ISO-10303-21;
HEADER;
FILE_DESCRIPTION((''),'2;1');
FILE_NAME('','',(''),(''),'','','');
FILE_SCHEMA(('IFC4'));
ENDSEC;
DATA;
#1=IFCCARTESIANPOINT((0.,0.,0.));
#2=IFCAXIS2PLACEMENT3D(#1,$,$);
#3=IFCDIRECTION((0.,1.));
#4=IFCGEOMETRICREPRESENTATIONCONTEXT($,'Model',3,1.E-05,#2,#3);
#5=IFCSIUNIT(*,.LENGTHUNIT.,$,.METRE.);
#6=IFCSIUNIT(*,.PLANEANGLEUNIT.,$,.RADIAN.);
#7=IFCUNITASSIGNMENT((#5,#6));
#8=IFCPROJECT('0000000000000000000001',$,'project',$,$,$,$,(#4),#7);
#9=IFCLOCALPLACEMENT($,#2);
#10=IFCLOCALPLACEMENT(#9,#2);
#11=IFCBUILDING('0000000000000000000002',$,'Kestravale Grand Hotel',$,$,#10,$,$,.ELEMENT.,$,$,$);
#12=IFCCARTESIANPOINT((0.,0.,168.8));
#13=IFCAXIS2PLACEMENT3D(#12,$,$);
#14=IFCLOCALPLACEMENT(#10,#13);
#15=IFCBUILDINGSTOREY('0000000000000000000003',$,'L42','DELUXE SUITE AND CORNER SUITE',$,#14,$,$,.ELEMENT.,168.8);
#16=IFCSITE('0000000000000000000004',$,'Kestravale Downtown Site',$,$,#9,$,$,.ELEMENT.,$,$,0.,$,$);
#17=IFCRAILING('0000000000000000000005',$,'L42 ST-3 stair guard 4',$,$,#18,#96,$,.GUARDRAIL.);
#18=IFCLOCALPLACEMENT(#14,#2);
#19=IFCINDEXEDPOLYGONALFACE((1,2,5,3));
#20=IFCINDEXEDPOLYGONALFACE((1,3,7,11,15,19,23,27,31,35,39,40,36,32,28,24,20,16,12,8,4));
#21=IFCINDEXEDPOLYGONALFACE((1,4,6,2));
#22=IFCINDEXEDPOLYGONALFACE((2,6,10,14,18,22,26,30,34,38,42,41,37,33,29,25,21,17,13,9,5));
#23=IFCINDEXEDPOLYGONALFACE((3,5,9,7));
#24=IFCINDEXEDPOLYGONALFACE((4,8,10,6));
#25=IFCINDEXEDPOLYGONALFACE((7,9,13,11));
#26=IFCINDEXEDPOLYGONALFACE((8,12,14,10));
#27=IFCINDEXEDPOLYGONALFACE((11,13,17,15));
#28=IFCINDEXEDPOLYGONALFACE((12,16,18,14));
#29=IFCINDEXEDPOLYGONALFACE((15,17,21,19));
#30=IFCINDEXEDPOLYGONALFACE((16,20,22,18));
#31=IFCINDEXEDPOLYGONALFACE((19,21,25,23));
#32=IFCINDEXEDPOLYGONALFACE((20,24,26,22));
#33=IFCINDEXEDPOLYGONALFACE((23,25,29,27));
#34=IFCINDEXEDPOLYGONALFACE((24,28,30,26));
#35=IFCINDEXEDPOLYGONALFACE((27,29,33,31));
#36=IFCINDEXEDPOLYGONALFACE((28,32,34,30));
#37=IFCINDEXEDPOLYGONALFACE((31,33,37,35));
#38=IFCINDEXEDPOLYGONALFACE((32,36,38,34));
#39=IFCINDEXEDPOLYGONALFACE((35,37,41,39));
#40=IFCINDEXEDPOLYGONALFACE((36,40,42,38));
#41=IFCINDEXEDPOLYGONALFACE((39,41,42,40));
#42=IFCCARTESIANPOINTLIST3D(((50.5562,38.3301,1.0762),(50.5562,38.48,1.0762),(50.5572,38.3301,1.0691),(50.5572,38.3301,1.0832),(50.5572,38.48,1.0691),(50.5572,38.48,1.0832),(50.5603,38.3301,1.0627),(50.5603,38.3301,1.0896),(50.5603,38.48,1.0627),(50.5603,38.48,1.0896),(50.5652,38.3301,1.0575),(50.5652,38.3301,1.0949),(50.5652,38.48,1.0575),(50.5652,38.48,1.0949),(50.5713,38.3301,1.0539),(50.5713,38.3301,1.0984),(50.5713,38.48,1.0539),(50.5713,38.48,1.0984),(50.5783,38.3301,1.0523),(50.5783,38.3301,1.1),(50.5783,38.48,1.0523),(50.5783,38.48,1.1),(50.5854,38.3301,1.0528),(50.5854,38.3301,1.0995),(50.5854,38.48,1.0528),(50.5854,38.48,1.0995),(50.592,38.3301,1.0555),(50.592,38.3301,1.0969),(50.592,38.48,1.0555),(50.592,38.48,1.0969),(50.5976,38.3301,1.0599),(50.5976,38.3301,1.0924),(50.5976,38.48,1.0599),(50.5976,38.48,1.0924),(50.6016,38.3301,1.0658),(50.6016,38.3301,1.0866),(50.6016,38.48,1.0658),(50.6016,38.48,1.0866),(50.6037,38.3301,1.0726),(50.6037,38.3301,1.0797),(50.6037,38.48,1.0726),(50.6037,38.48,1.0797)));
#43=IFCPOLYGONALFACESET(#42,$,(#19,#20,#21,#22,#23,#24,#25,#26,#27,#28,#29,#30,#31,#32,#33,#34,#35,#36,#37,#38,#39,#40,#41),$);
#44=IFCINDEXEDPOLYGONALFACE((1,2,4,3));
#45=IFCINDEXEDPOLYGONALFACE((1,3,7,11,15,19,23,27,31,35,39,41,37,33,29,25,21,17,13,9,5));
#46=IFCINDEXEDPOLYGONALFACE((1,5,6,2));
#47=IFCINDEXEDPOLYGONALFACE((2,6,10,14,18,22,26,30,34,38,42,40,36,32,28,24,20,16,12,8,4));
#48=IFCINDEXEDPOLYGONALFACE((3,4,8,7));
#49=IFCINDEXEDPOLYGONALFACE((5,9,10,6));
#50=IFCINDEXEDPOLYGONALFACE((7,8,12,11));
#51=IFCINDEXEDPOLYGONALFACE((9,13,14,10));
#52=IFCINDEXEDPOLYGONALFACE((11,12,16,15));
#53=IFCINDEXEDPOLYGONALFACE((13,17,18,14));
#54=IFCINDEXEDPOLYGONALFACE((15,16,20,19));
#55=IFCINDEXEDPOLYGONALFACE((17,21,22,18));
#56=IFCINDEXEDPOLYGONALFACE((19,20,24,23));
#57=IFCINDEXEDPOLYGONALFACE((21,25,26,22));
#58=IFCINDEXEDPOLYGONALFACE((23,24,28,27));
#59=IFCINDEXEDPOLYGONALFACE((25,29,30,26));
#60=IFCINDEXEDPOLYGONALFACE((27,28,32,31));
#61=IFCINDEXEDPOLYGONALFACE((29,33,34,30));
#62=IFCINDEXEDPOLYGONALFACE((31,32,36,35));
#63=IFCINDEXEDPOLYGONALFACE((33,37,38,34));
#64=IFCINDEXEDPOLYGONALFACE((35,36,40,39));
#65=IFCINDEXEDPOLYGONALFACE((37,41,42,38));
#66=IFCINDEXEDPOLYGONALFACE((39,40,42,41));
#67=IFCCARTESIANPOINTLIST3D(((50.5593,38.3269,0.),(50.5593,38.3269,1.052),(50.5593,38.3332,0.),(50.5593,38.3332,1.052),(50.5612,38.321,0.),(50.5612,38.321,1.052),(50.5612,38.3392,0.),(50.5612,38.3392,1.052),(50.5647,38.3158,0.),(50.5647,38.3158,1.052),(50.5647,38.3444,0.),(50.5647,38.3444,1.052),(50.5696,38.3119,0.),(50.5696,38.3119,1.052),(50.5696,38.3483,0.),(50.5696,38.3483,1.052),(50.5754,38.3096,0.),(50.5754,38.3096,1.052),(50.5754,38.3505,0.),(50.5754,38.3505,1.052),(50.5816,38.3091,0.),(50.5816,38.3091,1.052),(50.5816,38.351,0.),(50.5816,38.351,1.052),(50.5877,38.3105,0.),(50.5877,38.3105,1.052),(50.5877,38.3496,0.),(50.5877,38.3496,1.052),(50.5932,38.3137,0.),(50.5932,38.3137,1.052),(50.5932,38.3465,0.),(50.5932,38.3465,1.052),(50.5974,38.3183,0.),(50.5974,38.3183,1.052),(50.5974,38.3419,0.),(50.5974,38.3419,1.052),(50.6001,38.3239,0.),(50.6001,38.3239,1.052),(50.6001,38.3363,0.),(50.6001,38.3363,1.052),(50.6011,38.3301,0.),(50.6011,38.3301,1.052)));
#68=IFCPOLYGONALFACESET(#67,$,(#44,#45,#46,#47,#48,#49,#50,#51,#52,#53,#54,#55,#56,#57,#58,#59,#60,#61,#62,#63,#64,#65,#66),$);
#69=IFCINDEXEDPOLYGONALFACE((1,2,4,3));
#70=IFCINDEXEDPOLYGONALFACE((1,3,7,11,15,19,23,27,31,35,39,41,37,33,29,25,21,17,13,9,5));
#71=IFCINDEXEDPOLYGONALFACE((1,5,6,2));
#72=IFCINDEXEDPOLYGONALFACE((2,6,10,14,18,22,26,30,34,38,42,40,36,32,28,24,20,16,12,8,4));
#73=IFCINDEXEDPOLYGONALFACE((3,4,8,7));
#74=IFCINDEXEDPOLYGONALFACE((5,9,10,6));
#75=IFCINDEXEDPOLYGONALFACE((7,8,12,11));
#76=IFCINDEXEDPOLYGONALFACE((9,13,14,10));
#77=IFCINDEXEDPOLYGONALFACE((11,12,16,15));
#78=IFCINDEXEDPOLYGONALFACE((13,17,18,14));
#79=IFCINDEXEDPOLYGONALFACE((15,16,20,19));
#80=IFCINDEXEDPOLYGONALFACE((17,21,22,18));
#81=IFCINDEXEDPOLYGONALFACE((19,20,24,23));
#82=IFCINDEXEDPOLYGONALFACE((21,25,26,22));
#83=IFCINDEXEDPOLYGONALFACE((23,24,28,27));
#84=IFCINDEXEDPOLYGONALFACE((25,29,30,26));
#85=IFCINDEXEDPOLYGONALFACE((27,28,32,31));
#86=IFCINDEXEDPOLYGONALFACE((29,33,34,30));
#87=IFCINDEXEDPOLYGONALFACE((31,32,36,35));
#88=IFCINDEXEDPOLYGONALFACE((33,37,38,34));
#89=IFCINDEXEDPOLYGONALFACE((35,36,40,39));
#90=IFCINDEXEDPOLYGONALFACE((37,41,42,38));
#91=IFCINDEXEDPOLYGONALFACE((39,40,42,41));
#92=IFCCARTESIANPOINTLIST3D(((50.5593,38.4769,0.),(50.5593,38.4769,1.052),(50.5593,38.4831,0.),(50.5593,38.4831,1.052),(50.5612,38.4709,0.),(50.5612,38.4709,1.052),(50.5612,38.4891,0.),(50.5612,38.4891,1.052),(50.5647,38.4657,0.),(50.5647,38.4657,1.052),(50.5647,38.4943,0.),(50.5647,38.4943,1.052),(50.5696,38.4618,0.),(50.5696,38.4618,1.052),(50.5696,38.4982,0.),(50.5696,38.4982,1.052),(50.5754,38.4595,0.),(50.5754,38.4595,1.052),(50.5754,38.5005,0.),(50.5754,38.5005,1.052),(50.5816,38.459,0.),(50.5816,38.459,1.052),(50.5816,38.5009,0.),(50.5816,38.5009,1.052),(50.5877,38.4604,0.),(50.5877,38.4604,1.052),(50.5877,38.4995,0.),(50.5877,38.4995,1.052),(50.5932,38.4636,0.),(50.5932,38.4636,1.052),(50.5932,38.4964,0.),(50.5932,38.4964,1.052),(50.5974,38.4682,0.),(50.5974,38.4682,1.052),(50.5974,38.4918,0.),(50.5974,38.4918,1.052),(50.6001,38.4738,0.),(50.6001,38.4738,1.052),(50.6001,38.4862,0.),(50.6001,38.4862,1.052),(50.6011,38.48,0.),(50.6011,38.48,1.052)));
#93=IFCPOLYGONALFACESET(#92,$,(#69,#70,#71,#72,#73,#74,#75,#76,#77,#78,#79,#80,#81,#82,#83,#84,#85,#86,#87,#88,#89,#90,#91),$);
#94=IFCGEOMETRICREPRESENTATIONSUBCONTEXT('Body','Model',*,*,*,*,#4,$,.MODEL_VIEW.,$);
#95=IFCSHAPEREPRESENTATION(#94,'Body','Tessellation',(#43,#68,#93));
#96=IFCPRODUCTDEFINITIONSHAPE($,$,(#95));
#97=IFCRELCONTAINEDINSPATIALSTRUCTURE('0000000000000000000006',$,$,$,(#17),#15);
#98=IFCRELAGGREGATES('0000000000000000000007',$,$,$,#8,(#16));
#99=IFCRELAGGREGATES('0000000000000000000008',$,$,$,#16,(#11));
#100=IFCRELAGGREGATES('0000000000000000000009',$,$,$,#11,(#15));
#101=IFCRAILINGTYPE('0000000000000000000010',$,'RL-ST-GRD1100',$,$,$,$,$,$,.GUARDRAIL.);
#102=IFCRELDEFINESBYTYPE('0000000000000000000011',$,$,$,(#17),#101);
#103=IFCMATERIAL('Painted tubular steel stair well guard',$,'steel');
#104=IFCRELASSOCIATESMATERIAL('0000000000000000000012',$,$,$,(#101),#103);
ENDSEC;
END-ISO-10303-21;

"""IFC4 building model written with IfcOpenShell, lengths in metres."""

from ifc_helpers import new_model, si_unit, direction, frame, origin, origin_2d, place, context, subcontext, project, spatial, circle, extrude, material, type_object, element, save


model = new_model("IFC4")

# Units and contexts
model_context = context("Model", 3, precision=1e-05, world=origin(), true_north=direction((0.0, 1.0)))
body_context = subcontext(model_context, "Body", "Model", "MODEL_VIEW")
ifc_project = project(units=[si_unit("LENGTHUNIT", "METRE"), si_unit("PLANEANGLEUNIT", "RADIAN")], contexts=[model_context])

# Site, building, storey
site_placement = place(None, origin())
site = spatial("IfcSite", under=ifc_project, at=site_placement, Name="Kestravale Downtown Site", CompositionType="ELEMENT", RefElevation=0.0)
building_placement = place(site_placement, origin())
building = spatial("IfcBuilding", under=site, at=building_placement, Name="Kestravale Grand Hotel", CompositionType="ELEMENT")
storey_placement = place(building_placement, frame((0.0, 0.0, 168.8)))
storey = spatial("IfcBuildingStorey", under=building, at=storey_placement, Name="L42", Description="DELUXE SUITE AND CORNER SUITE", CompositionType="ELEMENT", Elevation=168.8)

# Railing
ifc_material_1 = material(Name="Painted tubular steel stair well guard", Category="steel")
railing_type_1 = type_object("IfcRailingType", Name="RL-ST-GRD1100", PredefinedType="GUARDRAIL", material=ifc_material_1)
railing_1_placement = place(storey_placement, frame((50.5801, 38.3301, 0.0)))
element("IfcRailing", 1, at=railing_1_placement, inside=storey, type_object=railing_type_1, Name="L42 ST-3 stair guard 4", PredefinedType="GUARDRAIL", context=body_context, shape_type="SweptSolid", body=[
    extrude(circle(Radius=0.0239, at=origin_2d()), frame((0.0, 0.0, 1.0762), z_axis=(0.0, 1.0, 0.0), x_axis=(-1.0, 0.0, 0.0)), (0.0, 0.0, 1.0), 0.1499),
    extrude(circle(Radius=0.021, at=origin_2d()), origin(), (0.0, 0.0, 1.0), 1.052),
    extrude(circle(Radius=0.021, at=origin_2d()), frame((0.0, 0.1499, 0.0)), (0.0, 0.0, 1.0), 1.052),
])

save(model, "model.ifc")
